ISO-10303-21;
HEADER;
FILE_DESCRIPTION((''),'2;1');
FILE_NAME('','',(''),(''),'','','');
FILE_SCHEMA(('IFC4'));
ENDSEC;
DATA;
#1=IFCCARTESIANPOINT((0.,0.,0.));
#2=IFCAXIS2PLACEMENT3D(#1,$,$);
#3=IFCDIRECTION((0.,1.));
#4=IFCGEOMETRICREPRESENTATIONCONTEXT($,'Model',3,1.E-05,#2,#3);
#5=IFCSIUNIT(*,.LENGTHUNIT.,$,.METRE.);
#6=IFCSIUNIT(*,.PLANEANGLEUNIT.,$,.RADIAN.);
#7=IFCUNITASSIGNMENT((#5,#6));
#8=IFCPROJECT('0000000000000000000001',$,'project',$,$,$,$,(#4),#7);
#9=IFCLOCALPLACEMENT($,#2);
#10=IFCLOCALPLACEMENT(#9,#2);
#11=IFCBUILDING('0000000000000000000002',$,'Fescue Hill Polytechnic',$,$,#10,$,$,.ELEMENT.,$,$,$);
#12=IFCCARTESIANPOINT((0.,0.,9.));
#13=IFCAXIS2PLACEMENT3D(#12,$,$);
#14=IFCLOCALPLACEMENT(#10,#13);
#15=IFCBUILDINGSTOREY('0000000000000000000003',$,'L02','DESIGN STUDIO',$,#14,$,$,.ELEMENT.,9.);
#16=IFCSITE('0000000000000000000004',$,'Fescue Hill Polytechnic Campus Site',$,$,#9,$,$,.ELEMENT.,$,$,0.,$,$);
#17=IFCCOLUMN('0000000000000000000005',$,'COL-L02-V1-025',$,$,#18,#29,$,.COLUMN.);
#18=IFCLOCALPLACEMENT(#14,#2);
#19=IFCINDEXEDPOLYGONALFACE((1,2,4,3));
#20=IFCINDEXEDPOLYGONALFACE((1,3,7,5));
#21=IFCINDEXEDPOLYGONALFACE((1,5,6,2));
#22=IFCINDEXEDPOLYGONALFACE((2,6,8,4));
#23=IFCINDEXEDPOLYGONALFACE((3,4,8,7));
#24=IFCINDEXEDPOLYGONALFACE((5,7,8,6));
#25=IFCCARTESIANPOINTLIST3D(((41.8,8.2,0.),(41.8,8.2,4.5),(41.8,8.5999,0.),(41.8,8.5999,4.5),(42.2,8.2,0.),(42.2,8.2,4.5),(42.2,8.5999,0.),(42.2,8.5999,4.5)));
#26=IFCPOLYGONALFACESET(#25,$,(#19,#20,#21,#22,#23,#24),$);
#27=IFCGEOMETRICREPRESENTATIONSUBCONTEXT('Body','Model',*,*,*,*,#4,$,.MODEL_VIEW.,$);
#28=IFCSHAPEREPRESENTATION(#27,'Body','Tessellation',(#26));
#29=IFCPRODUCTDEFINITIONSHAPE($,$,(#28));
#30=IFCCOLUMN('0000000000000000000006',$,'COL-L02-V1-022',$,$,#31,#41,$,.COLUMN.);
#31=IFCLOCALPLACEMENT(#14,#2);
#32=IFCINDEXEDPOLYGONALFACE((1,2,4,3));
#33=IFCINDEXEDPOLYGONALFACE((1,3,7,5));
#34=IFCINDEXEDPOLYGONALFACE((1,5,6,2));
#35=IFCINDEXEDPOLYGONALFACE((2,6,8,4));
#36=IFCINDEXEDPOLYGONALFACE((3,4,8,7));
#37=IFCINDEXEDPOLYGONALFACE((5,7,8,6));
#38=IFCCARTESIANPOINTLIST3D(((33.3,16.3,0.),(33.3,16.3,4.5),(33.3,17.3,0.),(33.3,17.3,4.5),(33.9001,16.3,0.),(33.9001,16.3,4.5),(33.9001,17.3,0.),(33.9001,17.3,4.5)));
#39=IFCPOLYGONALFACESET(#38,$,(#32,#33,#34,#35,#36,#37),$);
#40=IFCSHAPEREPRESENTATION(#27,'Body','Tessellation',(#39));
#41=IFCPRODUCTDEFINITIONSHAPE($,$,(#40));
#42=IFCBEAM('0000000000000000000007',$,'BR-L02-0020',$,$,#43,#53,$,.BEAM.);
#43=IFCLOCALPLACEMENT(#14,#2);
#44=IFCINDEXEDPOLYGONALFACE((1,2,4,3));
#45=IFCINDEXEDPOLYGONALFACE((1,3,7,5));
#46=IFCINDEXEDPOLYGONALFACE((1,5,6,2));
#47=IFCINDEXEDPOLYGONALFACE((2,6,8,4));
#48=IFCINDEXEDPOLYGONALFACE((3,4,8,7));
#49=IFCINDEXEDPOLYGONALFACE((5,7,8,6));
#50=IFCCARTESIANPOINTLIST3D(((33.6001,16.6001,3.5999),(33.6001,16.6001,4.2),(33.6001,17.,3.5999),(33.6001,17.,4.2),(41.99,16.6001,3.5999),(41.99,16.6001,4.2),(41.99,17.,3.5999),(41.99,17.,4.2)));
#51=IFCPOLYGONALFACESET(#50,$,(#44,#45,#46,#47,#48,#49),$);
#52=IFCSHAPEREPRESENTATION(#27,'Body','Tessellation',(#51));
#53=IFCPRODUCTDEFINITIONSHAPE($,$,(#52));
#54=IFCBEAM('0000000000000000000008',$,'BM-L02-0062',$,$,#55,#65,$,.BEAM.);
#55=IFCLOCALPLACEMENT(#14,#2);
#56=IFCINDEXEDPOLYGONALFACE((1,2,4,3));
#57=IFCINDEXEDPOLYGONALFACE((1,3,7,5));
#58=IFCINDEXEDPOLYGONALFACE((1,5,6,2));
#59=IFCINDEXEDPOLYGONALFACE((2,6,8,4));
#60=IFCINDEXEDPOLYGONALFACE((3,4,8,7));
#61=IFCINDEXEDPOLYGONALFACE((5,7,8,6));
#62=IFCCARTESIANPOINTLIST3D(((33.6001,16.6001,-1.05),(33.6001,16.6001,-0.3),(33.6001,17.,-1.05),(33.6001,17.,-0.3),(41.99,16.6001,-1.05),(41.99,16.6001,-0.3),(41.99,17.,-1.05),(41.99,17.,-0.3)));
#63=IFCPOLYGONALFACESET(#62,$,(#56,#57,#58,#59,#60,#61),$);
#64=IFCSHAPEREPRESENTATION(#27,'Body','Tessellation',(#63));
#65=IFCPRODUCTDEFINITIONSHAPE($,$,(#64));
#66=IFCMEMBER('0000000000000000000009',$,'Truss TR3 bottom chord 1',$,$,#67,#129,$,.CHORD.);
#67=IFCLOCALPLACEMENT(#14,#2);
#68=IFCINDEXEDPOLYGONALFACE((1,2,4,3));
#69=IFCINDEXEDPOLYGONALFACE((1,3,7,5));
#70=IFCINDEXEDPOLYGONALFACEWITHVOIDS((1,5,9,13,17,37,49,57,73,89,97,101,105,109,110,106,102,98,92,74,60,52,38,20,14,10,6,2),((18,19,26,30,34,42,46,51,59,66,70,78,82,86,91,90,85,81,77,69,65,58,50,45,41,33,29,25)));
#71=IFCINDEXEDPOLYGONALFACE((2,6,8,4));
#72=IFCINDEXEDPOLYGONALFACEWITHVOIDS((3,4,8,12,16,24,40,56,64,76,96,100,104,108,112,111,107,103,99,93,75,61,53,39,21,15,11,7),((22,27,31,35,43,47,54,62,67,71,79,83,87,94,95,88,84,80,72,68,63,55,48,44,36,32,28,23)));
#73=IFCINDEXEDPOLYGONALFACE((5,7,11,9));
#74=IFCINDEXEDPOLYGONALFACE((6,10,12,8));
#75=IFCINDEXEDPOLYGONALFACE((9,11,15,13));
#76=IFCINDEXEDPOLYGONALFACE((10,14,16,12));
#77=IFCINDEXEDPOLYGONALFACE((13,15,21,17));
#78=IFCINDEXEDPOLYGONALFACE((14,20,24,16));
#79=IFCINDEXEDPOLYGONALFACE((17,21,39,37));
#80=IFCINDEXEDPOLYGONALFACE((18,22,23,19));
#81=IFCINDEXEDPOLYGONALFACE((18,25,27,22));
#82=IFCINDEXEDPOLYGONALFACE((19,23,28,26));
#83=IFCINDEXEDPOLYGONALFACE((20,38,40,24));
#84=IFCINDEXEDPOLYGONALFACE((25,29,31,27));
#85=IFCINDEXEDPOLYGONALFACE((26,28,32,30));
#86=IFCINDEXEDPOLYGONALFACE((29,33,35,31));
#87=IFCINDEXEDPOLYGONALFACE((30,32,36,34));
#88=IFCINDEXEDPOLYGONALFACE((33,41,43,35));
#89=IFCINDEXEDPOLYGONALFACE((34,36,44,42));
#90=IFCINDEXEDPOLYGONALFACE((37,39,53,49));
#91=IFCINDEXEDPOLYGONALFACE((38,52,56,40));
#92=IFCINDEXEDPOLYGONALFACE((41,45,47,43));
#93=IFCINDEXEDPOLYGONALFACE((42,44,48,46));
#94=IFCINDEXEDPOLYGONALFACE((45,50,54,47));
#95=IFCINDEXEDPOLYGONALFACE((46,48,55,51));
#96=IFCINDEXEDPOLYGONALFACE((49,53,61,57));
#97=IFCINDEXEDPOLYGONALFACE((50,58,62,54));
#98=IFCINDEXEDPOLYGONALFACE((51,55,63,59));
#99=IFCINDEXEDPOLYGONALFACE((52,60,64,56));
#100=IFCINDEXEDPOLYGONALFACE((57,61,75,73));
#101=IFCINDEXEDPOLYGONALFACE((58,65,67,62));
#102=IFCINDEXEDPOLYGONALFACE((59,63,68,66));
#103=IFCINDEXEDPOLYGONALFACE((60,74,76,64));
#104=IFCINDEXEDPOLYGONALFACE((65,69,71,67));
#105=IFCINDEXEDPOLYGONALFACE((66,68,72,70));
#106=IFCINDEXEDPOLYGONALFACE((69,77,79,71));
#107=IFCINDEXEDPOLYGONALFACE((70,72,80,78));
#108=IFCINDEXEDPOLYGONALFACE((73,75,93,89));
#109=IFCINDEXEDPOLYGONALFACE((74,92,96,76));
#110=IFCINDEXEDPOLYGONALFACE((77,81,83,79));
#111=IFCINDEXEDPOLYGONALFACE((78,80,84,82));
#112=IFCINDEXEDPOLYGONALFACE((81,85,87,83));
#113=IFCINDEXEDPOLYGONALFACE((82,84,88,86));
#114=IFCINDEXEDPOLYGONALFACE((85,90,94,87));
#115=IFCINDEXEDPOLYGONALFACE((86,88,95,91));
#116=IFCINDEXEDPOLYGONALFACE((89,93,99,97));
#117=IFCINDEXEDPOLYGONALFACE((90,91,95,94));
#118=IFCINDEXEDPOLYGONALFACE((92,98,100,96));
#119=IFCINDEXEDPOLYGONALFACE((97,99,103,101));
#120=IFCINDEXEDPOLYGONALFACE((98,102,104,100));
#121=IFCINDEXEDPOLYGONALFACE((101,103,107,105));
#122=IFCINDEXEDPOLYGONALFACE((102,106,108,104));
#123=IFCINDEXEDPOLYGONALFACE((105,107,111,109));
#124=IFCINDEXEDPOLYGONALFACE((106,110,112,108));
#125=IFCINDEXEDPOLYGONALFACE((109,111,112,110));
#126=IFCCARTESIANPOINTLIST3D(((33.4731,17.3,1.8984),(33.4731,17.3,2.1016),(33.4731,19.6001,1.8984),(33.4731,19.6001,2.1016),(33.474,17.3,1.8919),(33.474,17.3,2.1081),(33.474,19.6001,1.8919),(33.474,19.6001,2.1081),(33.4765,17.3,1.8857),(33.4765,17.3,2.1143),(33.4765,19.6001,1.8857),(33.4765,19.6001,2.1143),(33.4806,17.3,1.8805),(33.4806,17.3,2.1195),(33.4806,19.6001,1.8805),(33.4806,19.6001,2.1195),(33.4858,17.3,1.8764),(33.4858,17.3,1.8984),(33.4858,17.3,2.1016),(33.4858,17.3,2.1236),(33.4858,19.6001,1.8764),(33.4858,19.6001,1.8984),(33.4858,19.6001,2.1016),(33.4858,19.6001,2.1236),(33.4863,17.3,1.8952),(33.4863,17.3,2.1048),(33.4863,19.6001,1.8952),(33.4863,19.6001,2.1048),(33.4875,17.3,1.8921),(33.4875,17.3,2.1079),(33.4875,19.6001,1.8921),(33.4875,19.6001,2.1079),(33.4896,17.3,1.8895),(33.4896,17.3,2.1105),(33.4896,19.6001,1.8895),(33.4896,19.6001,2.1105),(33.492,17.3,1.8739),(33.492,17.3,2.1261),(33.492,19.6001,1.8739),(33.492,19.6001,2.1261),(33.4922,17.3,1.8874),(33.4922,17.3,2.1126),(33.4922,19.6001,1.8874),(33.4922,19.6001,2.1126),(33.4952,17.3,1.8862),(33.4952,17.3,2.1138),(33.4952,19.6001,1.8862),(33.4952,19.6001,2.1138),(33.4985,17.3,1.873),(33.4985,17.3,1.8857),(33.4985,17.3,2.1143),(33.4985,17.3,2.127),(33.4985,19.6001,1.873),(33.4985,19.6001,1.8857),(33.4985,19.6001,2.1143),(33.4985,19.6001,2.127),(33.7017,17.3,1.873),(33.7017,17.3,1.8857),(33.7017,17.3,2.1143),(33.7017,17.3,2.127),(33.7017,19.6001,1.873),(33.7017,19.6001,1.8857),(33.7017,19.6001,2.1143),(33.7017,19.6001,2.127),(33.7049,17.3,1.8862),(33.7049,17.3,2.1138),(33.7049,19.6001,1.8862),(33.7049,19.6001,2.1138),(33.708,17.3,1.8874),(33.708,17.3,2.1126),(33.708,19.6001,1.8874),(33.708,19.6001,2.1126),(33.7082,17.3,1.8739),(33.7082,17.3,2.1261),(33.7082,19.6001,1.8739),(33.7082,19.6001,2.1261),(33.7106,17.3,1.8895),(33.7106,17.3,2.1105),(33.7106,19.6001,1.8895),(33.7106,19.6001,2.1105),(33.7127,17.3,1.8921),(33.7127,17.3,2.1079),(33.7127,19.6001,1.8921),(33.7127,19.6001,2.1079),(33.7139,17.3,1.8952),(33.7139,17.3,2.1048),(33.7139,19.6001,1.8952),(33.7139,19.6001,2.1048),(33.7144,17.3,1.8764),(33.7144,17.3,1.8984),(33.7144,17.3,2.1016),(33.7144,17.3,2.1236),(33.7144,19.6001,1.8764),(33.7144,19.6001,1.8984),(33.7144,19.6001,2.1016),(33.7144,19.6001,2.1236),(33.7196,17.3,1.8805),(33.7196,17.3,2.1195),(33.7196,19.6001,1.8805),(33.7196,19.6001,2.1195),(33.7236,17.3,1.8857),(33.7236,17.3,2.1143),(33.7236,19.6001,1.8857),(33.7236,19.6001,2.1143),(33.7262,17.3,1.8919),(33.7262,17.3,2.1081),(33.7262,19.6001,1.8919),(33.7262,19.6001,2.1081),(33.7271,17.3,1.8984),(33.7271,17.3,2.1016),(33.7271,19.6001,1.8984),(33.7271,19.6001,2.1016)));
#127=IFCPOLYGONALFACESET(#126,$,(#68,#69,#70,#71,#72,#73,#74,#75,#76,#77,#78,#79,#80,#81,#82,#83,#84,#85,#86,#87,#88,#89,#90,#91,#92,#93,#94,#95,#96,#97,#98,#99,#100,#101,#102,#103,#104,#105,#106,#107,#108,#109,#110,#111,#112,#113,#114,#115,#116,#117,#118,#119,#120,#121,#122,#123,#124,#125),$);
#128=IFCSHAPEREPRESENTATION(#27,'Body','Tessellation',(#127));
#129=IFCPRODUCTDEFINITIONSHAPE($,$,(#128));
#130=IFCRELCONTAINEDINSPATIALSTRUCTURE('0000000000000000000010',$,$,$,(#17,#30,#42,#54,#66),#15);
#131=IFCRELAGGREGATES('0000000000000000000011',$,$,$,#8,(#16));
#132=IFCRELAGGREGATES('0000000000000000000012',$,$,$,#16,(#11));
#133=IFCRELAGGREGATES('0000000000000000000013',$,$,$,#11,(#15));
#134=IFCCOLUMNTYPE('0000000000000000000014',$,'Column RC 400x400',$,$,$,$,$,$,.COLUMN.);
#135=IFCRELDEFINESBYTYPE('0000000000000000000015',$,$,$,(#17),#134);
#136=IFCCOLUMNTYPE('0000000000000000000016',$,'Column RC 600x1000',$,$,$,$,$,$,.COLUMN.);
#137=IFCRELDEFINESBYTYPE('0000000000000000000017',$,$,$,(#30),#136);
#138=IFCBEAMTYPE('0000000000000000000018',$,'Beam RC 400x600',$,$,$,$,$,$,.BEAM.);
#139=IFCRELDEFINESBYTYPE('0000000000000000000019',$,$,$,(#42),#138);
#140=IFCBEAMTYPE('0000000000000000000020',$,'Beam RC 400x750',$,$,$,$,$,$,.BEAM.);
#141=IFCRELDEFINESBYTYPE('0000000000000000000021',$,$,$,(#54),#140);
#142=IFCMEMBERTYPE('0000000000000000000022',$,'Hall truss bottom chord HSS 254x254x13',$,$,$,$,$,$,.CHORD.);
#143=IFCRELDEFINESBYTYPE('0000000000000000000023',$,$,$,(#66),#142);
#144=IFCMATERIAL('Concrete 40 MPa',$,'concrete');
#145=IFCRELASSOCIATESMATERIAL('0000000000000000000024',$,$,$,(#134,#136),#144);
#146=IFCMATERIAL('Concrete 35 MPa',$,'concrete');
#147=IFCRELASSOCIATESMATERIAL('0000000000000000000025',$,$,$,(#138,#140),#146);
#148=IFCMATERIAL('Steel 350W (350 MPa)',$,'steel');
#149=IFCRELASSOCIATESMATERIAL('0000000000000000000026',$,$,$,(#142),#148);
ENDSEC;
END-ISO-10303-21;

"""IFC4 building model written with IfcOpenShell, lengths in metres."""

from ifc_helpers import new_model, si_unit, direction, frame, origin, origin_2d, place, context, subcontext, project, spatial, rectangle, hollow_rectangle, extrude, material, material_profile, profile_set, type_object, element, save


model = new_model("IFC4")

# Units and contexts
model_context = context("Model", 3, precision=1e-05, world=origin(), true_north=direction((0.0, 1.0)))
body_context = subcontext(model_context, "Body", "Model", "MODEL_VIEW")
ifc_project = project(units=[si_unit("LENGTHUNIT", "METRE"), si_unit("PLANEANGLEUNIT", "RADIAN")], contexts=[model_context])

# Site, building, storey
site_placement = place(None, origin())
site = spatial("IfcSite", under=ifc_project, at=site_placement, Name="Fescue Hill Polytechnic Campus Site", CompositionType="ELEMENT", RefElevation=0.0)
building_placement = place(site_placement, origin())
building = spatial("IfcBuilding", under=site, at=building_placement, Name="Fescue Hill Polytechnic", CompositionType="ELEMENT")
storey_placement = place(building_placement, frame((0.0, 0.0, 9.0)))
storey = spatial("IfcBuildingStorey", under=building, at=storey_placement, Name="L02", Description="DESIGN STUDIO", CompositionType="ELEMENT", Elevation=9.0)

# Columns
ifc_material_1 = material(Name="Concrete 40 MPa", Category="concrete")
ifc_material_profile_1 = material_profile(ifc_material_1, rectangle(XDim=0.3999, YDim=0.3999, at=origin_2d()), Name="RC 400x400")
ifc_profile_set_1 = profile_set([ifc_material_profile_1], Name="Concrete 40 MPa")
column_type_1 = type_object("IfcColumnType", Name="Column RC 400x400", PredefinedType="COLUMN", material=ifc_profile_set_1)
column_1_placement = place(storey_placement, frame((42.0, 8.3999, 0.0), z_axis=(0.0, 0.0, 1.0), x_axis=(1.0, 0.0, 0.0)))
element("IfcColumn", 1, at=column_1_placement, inside=storey, type_object=column_type_1, Name="COL-L02-V1-025", PredefinedType="COLUMN", context=body_context, shape_type="SweptSolid", body=[
    extrude(rectangle(XDim=0.3999, YDim=0.3999, at=origin_2d()), origin(), (0.0, 0.0, 1.0), 4.5),
])
ifc_material_profile_2 = material_profile(ifc_material_1, rectangle(XDim=0.6001, YDim=1.0, at=origin_2d()), Name="RC 600x1000")
ifc_profile_set_2 = profile_set([ifc_material_profile_2], Name="Concrete 40 MPa")
column_type_2 = type_object("IfcColumnType", Name="Column RC 600x1000", PredefinedType="COLUMN", material=ifc_profile_set_2)
column_2_placement = place(storey_placement, frame((33.6001, 16.8, 0.0), z_axis=(0.0, 0.0, 1.0), x_axis=(1.0, 0.0, 0.0)))
element("IfcColumn", 2, at=column_2_placement, inside=storey, type_object=column_type_2, Name="COL-L02-V1-022", PredefinedType="COLUMN", context=body_context, shape_type="SweptSolid", body=[
    extrude(rectangle(XDim=0.6001, YDim=1.0, at=origin_2d()), origin(), (0.0, 0.0, 1.0), 4.5),
])

# Beams
ifc_material_2 = material(Name="Concrete 35 MPa", Category="concrete")
ifc_material_profile_3 = material_profile(ifc_material_2, rectangle(XDim=0.3999, YDim=0.6001, at=origin_2d()), Name="RC 400x600")
ifc_profile_set_3 = profile_set([ifc_material_profile_3], Name="Concrete 35 MPa")
beam_type_1 = type_object("IfcBeamType", Name="Beam RC 400x600", PredefinedType="BEAM", material=ifc_profile_set_3)
beam_1_placement = place(storey_placement, frame((33.6001, 16.8, 3.8999), z_axis=(1.0, 0.0, 0.0), x_axis=(0.0, 1.0, 0.0)))
element("IfcBeam", 3, at=beam_1_placement, inside=storey, type_object=beam_type_1, Name="BR-L02-0020", PredefinedType="BEAM", context=body_context, shape_type="SweptSolid", body=[
    extrude(rectangle(XDim=0.3999, YDim=0.6001, at=origin_2d()), origin(), (0.0, 0.0, 1.0), 8.3899),
])
ifc_material_profile_4 = material_profile(ifc_material_2, rectangle(XDim=0.3999, YDim=0.75, at=origin_2d()), Name="RC 400x750")
ifc_profile_set_4 = profile_set([ifc_material_profile_4], Name="Concrete 35 MPa")
beam_type_2 = type_object("IfcBeamType", Name="Beam RC 400x750", PredefinedType="BEAM", material=ifc_profile_set_4)
beam_2_placement = place(storey_placement, frame((33.6001, 16.8, -0.675), z_axis=(1.0, 0.0, 0.0), x_axis=(0.0, 1.0, 0.0)))
element("IfcBeam", 4, at=beam_2_placement, inside=storey, type_object=beam_type_2, Name="BM-L02-0062", PredefinedType="BEAM", context=body_context, shape_type="SweptSolid", body=[
    extrude(rectangle(XDim=0.3999, YDim=0.75, at=origin_2d()), origin(), (0.0, 0.0, 1.0), 8.3899),
])

# Member
ifc_material_3 = material(Name="Steel 350W (350 MPa)", Category="steel")
ifc_material_profile_5 = material_profile(ifc_material_3, hollow_rectangle(XDim=0.2539, YDim=0.2539, WallThickness=0.0127, InnerFilletRadius=0.0127, OuterFilletRadius=0.0254, at=origin_2d()), Name="Hall truss bottom chord HSS 254x254x13")
ifc_profile_set_5 = profile_set([ifc_material_profile_5], Name="Steel 350W (350 MPa)")
member_type_1 = type_object("IfcMemberType", Name="Hall truss bottom chord HSS 254x254x13", PredefinedType="CHORD", material=ifc_profile_set_5)
member_1_placement = place(storey_placement, frame((33.6001, 17.3, 2.0), z_axis=(0.0, 1.0, 0.0), x_axis=(-1.0, 0.0, 0.0)))
element("IfcMember", 5, at=member_1_placement, inside=storey, type_object=member_type_1, Name="Truss TR3 bottom chord 1", PredefinedType="CHORD", context=body_context, shape_type="SweptSolid", body=[
    extrude(hollow_rectangle(XDim=0.2539, YDim=0.2539, WallThickness=0.0127, InnerFilletRadius=0.0127, OuterFilletRadius=0.0254, at=origin_2d()), origin(), (0.0, 0.0, 1.0), 2.3),
])

save(model, "model.ifc")
